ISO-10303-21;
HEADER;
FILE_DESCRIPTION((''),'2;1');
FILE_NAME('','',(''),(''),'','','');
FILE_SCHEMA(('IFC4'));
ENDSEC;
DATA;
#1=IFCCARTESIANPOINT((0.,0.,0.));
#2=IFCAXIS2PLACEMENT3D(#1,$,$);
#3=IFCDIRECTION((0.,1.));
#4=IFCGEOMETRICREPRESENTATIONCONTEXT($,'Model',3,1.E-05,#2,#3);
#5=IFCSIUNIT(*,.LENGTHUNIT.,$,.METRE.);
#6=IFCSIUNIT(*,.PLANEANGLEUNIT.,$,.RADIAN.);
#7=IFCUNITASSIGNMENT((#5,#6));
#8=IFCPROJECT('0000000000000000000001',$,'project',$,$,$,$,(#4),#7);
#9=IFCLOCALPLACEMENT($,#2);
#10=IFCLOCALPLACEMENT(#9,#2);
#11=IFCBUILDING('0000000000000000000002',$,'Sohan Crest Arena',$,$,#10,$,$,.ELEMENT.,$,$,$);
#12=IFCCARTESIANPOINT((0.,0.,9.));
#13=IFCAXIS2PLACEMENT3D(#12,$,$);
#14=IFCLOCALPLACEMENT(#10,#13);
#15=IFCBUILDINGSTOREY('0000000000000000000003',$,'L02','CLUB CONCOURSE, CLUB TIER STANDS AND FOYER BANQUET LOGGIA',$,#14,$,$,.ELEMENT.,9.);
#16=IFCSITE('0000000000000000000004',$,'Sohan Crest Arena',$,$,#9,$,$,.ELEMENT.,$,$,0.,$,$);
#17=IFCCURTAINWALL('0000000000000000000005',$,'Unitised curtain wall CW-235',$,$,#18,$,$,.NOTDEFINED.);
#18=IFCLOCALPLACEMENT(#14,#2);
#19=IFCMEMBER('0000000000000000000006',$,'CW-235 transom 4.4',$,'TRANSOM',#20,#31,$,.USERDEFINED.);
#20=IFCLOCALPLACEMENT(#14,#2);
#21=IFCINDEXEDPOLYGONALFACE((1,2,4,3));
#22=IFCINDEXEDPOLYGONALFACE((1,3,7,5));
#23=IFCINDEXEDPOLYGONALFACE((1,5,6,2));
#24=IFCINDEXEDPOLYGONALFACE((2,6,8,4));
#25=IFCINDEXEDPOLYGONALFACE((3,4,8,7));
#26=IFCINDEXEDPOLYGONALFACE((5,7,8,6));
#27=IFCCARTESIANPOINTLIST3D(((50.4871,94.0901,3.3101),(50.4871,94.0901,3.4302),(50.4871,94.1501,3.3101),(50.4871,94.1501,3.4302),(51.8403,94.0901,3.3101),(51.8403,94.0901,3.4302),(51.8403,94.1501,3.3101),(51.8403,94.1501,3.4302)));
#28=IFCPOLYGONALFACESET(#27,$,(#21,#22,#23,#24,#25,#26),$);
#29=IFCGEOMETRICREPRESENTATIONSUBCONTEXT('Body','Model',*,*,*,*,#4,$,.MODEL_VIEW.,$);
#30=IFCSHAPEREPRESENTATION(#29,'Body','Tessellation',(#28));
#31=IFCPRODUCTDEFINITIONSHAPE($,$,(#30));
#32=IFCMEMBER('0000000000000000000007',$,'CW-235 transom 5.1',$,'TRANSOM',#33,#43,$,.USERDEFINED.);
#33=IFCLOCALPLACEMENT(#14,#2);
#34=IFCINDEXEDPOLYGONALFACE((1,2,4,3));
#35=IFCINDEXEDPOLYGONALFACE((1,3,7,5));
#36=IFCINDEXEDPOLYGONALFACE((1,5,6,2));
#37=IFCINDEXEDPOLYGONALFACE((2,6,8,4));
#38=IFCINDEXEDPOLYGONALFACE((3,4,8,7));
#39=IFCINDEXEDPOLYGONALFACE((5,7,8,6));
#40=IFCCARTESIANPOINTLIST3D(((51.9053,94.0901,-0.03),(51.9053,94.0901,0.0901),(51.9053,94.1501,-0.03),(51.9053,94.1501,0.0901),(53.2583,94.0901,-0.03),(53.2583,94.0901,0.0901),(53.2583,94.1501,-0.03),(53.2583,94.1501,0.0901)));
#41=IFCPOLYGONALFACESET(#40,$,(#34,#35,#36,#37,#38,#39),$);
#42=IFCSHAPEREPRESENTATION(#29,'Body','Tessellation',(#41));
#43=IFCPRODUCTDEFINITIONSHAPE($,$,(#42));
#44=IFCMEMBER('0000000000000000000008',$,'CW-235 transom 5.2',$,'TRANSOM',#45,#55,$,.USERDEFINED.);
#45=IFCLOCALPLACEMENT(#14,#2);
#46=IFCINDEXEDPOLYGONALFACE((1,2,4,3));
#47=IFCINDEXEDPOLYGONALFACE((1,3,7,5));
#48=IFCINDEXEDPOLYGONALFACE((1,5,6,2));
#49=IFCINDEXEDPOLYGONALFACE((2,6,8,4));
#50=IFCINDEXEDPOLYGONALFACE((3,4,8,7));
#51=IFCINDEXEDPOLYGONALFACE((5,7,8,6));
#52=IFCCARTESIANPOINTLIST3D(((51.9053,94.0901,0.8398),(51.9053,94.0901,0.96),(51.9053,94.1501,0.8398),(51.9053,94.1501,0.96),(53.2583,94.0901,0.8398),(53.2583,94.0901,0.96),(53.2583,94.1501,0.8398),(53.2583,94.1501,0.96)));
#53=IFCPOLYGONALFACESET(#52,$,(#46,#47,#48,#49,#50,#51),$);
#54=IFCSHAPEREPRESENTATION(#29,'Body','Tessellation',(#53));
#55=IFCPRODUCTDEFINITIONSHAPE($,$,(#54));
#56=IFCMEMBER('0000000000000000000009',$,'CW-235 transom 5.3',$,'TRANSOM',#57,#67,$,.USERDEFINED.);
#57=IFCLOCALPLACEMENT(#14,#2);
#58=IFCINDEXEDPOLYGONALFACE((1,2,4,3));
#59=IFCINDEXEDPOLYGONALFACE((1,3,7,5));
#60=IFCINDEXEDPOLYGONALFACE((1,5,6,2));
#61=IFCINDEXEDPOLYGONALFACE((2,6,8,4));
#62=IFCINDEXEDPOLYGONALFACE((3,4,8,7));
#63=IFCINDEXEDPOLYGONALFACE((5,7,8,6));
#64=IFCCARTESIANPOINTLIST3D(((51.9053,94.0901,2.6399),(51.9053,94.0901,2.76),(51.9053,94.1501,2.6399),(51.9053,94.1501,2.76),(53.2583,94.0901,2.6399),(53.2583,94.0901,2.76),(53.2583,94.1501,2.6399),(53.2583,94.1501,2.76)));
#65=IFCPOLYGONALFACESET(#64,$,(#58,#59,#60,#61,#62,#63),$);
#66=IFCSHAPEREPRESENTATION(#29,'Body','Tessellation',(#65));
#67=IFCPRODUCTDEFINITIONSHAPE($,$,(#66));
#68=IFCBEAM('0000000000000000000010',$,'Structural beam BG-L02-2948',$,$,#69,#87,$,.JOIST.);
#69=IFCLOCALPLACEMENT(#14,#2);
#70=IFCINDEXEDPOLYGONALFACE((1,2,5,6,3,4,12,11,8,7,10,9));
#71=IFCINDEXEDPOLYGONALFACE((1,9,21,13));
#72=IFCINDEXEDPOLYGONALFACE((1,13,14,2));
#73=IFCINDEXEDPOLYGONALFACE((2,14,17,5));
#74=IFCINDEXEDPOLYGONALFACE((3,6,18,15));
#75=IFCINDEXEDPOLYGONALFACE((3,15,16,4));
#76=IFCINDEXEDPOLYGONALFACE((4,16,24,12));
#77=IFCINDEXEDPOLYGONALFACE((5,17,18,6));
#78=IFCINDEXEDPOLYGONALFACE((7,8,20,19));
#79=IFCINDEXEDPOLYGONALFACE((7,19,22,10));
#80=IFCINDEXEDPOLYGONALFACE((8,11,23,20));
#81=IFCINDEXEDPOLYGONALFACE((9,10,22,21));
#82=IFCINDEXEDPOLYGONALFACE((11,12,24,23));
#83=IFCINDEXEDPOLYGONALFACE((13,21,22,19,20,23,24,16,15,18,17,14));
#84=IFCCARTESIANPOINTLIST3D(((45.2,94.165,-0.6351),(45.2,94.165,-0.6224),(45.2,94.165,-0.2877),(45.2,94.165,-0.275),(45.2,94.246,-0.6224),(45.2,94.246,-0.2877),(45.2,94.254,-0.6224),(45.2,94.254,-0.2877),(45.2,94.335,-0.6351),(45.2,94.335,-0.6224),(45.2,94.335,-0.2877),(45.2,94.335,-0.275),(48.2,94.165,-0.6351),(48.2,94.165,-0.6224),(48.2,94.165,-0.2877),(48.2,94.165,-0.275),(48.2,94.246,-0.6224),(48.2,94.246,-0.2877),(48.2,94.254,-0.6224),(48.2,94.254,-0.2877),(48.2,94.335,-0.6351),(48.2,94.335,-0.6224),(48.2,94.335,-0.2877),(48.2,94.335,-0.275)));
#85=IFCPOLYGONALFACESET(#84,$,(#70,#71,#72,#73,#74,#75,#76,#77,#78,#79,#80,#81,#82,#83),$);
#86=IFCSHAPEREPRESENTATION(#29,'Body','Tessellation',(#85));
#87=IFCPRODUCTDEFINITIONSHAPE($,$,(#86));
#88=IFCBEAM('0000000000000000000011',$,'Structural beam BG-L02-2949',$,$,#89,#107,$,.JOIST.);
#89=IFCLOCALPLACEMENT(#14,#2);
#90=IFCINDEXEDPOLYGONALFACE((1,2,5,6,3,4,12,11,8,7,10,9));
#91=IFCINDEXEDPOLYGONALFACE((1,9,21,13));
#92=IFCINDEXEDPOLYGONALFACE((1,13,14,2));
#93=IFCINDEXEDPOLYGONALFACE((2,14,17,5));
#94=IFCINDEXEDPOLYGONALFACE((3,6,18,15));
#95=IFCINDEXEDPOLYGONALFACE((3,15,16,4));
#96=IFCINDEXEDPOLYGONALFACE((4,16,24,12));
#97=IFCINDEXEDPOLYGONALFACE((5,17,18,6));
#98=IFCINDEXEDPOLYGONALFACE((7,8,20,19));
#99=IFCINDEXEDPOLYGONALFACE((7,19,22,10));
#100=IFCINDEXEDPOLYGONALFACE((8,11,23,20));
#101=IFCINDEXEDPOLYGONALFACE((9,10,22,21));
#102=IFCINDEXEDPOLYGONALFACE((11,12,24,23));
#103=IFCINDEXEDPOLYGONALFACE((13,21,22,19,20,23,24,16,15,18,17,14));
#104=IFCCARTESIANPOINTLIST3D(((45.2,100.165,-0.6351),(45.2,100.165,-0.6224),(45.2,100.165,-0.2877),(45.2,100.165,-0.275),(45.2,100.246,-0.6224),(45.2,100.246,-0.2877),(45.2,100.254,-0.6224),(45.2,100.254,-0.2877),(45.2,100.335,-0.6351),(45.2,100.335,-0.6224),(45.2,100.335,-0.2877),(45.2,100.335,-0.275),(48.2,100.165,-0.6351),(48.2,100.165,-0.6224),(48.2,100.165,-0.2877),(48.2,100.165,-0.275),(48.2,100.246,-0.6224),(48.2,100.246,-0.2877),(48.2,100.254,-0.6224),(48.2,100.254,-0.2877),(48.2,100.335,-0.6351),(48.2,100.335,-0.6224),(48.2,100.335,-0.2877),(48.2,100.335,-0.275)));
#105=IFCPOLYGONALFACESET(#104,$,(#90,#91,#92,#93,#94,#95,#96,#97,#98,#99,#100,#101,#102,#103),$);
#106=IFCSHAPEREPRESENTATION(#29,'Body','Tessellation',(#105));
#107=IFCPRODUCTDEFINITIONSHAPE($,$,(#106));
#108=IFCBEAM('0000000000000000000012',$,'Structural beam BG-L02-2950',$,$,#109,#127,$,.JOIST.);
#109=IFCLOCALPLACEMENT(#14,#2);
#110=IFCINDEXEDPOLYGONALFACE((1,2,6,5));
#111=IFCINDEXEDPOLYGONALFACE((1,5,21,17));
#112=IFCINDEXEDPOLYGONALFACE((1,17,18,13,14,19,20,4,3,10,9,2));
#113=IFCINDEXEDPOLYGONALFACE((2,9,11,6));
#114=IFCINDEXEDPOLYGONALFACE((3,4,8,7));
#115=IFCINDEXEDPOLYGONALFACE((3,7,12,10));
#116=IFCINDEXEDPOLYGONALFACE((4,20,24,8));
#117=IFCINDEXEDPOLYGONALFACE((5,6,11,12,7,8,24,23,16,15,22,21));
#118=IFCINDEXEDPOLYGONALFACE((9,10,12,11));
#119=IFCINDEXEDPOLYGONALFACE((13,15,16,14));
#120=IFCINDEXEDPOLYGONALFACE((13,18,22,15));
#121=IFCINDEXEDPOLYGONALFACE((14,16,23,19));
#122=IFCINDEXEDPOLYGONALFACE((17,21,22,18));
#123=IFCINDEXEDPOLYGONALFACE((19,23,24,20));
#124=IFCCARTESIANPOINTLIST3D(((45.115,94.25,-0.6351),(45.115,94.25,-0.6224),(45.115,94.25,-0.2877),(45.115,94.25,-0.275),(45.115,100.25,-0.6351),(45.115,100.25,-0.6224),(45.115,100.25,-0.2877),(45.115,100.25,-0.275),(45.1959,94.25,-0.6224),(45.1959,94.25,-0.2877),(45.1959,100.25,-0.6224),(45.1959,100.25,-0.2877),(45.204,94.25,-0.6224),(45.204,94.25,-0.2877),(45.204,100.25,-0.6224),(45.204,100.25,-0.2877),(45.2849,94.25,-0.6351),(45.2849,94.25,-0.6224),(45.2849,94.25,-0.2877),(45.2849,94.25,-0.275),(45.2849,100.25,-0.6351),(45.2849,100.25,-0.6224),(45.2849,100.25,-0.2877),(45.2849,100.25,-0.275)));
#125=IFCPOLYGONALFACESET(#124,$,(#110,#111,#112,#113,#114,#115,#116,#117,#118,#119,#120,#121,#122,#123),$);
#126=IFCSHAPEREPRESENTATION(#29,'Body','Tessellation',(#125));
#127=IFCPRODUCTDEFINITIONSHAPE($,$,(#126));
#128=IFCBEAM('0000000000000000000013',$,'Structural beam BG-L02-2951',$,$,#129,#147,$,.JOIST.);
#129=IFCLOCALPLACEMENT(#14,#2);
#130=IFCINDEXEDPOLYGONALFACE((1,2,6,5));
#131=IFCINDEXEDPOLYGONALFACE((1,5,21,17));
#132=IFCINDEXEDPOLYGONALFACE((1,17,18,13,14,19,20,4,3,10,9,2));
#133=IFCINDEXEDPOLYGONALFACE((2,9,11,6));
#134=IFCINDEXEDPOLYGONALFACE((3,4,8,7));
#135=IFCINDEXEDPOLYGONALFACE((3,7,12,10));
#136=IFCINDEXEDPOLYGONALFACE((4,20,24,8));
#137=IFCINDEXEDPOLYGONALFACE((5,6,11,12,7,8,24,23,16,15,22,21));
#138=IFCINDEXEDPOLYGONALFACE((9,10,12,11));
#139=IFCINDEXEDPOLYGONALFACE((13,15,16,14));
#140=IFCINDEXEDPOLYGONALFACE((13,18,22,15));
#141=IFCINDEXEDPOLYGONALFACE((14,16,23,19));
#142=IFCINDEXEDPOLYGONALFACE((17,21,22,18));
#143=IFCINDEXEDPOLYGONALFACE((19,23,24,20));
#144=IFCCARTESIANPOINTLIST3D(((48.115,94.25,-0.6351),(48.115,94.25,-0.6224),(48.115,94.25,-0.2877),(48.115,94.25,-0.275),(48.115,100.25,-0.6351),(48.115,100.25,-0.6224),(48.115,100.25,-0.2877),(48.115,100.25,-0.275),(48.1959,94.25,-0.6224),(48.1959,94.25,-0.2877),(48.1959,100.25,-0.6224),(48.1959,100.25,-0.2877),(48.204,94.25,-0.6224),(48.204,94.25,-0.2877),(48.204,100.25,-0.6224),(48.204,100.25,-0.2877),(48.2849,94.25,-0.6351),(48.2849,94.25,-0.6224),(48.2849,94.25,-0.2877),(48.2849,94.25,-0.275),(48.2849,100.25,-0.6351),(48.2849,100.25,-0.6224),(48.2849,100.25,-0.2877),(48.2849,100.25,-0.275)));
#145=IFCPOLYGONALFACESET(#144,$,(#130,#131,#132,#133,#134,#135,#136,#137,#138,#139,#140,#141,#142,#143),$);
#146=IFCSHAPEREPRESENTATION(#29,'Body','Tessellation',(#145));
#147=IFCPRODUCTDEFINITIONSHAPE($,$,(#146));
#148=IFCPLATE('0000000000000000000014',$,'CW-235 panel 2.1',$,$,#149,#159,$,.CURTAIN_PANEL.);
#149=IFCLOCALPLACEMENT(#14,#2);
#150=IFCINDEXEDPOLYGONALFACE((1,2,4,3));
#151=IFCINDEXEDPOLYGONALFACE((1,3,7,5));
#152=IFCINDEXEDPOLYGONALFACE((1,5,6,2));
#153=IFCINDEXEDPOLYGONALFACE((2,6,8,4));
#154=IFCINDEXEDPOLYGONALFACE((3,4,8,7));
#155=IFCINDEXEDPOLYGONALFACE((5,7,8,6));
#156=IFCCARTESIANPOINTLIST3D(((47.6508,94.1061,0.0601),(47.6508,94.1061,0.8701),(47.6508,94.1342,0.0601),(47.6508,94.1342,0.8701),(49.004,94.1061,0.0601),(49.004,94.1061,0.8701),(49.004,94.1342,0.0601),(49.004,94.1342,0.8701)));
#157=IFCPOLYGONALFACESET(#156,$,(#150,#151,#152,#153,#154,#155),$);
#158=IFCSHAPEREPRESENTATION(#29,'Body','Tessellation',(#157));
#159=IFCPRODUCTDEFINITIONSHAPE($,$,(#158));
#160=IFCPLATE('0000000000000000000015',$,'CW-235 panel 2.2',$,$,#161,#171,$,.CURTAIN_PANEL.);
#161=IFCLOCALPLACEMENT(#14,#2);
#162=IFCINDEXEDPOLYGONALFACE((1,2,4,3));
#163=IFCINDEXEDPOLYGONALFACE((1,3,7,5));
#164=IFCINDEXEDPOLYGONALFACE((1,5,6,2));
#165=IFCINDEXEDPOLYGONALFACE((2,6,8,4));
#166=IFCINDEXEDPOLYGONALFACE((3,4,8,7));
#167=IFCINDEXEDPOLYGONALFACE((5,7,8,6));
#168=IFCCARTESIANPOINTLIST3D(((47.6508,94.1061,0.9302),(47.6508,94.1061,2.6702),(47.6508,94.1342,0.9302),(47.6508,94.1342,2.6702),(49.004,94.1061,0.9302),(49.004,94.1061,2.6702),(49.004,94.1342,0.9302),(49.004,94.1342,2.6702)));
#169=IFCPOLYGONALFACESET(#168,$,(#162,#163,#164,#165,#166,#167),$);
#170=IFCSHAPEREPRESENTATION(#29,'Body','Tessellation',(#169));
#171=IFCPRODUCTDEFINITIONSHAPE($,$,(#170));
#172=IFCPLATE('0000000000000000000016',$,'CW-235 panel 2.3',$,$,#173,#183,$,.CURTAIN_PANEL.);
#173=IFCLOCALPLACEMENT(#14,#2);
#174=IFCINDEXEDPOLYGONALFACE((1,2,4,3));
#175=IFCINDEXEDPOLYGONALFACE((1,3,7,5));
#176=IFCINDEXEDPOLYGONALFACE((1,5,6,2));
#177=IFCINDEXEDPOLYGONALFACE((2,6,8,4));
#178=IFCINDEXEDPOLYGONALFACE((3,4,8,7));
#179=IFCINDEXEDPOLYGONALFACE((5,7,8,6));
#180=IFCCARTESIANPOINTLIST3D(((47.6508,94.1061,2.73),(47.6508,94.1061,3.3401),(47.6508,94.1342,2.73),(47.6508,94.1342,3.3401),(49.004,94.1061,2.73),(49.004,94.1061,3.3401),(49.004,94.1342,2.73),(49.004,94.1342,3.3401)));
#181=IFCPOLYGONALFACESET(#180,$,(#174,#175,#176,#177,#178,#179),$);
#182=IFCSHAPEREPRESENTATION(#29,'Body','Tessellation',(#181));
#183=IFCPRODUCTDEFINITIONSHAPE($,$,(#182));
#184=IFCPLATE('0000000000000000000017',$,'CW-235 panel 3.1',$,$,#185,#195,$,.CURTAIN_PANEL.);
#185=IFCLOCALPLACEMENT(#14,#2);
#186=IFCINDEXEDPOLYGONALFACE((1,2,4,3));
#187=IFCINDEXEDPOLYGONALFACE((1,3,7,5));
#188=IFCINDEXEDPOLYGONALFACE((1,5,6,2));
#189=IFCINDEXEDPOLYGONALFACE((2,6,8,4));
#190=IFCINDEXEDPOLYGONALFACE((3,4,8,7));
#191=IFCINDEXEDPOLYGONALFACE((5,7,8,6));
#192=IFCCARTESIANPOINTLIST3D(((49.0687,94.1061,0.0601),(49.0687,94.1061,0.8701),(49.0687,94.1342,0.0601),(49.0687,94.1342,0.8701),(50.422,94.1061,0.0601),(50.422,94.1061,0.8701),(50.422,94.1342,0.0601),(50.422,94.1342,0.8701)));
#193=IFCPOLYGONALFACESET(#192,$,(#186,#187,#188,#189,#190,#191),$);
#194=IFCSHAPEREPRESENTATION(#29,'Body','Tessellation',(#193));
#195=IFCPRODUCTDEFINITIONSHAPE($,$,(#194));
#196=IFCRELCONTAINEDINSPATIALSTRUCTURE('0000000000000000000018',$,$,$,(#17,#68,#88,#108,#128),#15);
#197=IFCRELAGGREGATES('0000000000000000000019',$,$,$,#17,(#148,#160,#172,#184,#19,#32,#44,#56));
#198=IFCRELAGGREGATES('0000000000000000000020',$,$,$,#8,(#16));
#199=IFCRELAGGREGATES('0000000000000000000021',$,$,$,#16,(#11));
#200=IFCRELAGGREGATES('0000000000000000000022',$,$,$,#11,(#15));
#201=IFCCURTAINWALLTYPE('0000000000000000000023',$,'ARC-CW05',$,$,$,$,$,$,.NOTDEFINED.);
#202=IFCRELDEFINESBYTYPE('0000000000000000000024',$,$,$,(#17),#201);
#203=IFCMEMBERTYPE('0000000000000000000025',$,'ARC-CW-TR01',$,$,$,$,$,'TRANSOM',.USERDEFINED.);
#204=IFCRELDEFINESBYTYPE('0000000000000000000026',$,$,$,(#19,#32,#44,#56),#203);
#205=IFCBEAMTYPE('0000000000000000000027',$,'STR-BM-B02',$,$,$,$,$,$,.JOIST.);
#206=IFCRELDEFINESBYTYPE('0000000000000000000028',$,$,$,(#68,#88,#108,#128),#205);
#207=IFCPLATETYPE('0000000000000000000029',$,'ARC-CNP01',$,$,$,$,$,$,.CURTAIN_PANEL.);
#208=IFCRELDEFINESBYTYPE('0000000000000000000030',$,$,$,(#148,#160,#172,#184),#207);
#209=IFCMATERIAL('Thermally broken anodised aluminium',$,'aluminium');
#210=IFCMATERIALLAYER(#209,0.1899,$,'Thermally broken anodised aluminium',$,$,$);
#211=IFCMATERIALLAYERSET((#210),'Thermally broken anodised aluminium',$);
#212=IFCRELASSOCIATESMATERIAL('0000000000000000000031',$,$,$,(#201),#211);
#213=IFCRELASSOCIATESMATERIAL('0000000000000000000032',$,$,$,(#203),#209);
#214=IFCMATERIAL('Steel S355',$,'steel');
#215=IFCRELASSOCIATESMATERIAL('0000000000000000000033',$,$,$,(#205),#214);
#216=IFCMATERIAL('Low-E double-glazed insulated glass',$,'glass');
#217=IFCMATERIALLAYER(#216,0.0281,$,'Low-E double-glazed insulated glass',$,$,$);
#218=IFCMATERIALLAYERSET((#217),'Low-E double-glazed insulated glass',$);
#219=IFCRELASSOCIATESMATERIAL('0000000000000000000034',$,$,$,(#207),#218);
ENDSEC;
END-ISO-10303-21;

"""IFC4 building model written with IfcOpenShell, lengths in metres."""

from ifc_helpers import new_model, si_unit, direction, frame, origin, origin_2d, place, context, subcontext, project, spatial, rectangle, i_section, extrude, material, layer, layer_set, material_profile, profile_set, type_object, element, aggregate, save


model = new_model("IFC4")

# Units and contexts
model_context = context("Model", 3, precision=1e-05, world=origin(), true_north=direction((0.0, 1.0)))
body_context = subcontext(model_context, "Body", "Model", "MODEL_VIEW")
ifc_project = project(units=[si_unit("LENGTHUNIT", "METRE"), si_unit("PLANEANGLEUNIT", "RADIAN")], contexts=[model_context])

# Site, building, storey
site_placement = place(None, origin())
site = spatial("IfcSite", under=ifc_project, at=site_placement, Name="Sohan Crest Arena", CompositionType="ELEMENT", RefElevation=0.0)
building_placement = place(site_placement, origin())
building = spatial("IfcBuilding", under=site, at=building_placement, Name="Sohan Crest Arena", CompositionType="ELEMENT")
storey_placement = place(building_placement, frame((0.0, 0.0, 9.0)))
storey = spatial("IfcBuildingStorey", under=building, at=storey_placement, Name="L02", Description="CLUB CONCOURSE, CLUB TIER STANDS AND FOYER BANQUET LOGGIA", CompositionType="ELEMENT", Elevation=9.0)

# Shared definitions
ifc_material_1 = material(Name="Steel S355", Category="steel")

# Curtain wall, members
ifc_material_2 = material(Name="Thermally broken anodised aluminium", Category="aluminium")
ifc_layer_1 = layer(ifc_material_2, 0.1899, Name="Thermally broken anodised aluminium")
ifc_layer_set_1 = layer_set([ifc_layer_1], Name="Thermally broken anodised aluminium")
curtain_wall_type = type_object("IfcCurtainWallType", Name="ARC-CW05", PredefinedType="NOTDEFINED", material=ifc_layer_set_1)
curtain_wall_placement = place(storey_placement, origin())
curtain_wall = element("IfcCurtainWall", 1, at=curtain_wall_placement, inside=storey, type_object=curtain_wall_type, Name="Unitised curtain wall CW-235", PredefinedType="NOTDEFINED")
ifc_material_profile_1 = material_profile(ifc_material_2, rectangle(XDim=0.0601, YDim=0.1201, at=origin_2d()), Name="ALU-TRAN 60x120")
ifc_profile_set_1 = profile_set([ifc_material_profile_1], Name="Thermally broken anodised aluminium")
member_type_1 = type_object("IfcMemberType", Name="ARC-CW-TR01", ElementType="TRANSOM", PredefinedType="USERDEFINED", material=ifc_profile_set_1)
member_1_placement = place(storey_placement, frame((50.4871, 94.1201, 3.3701), z_axis=(1.0, 0.0, 0.0), x_axis=(0.0, 1.0, 0.0)))
member_1 = element("IfcMember", 2, at=member_1_placement, type_object=member_type_1, Name="CW-235 transom 4.4", ObjectType="TRANSOM", PredefinedType="USERDEFINED", context=body_context, shape_type="SweptSolid", body=[
    extrude(rectangle(XDim=0.0601, YDim=0.1201, at=origin_2d()), origin(), (0.0, 0.0, 1.0), 1.3533),
])
member_2_placement = place(storey_placement, frame((51.9053, 94.1201, 0.03), z_axis=(1.0, 0.0, 0.0), x_axis=(0.0, 1.0, 0.0)))
member_2 = element("IfcMember", 3, at=member_2_placement, type_object=member_type_1, Name="CW-235 transom 5.1", ObjectType="TRANSOM", PredefinedType="USERDEFINED", context=body_context, shape_type="SweptSolid", body=[
    extrude(rectangle(XDim=0.0601, YDim=0.1201, at=origin_2d()), origin(), (0.0, 0.0, 1.0), 1.353),
])
member_3_placement = place(storey_placement, frame((51.9053, 94.1201, 0.8999), z_axis=(1.0, 0.0, 0.0), x_axis=(0.0, 1.0, 0.0)))
member_3 = element("IfcMember", 4, at=member_3_placement, type_object=member_type_1, Name="CW-235 transom 5.2", ObjectType="TRANSOM", PredefinedType="USERDEFINED", context=body_context, shape_type="SweptSolid", body=[
    extrude(rectangle(XDim=0.0601, YDim=0.1201, at=origin_2d()), origin(), (0.0, 0.0, 1.0), 1.353),
])
member_4_placement = place(storey_placement, frame((51.9053, 94.1201, 2.7), z_axis=(1.0, 0.0, 0.0), x_axis=(0.0, 1.0, 0.0)))
member_4 = element("IfcMember", 5, at=member_4_placement, type_object=member_type_1, Name="CW-235 transom 5.3", ObjectType="TRANSOM", PredefinedType="USERDEFINED", context=body_context, shape_type="SweptSolid", body=[
    extrude(rectangle(XDim=0.0601, YDim=0.1201, at=origin_2d()), origin(), (0.0, 0.0, 1.0), 1.353),
])

# Beams
ifc_material_profile_2 = material_profile(ifc_material_1, i_section(OverallWidth=0.1699, OverallDepth=0.3601, WebThickness=0.0081, FlangeThickness=0.0127, at=origin_2d()), Name="IPE 360")
ifc_profile_set_2 = profile_set([ifc_material_profile_2], Name="Steel S355")
beam_type = type_object("IfcBeamType", Name="STR-BM-B02", PredefinedType="JOIST", material=ifc_profile_set_2)
for number, where, z_axis, x_axis, name in (
    (6, (45.2, 94.25, -0.4551), (1.0, 0.0, 0.0), (0.0, 1.0, 0.0), "Structural beam BG-L02-2948"),
    (7, (45.2, 100.25, -0.4551), (1.0, 0.0, 0.0), (0.0, 1.0, 0.0), "Structural beam BG-L02-2949"),
):
    element("IfcBeam", number, at=place(storey_placement, frame(where, z_axis=z_axis, x_axis=x_axis)), inside=storey, type_object=beam_type, Name=name, PredefinedType="JOIST", context=body_context, shape_type="SweptSolid", body=[
        extrude(i_section(OverallWidth=0.1699, OverallDepth=0.3601, WebThickness=0.0081, FlangeThickness=0.0127, at=origin_2d()), origin(), (0.0, 0.0, 1.0), 3.0),
    ])
for number, where, z_axis, x_axis, name in (
    (8, (45.2, 94.25, -0.4551), (0.0, 1.0, 0.0), (-1.0, 0.0, 0.0), "Structural beam BG-L02-2950"),
    (9, (48.2, 94.25, -0.4551), (0.0, 1.0, 0.0), (-1.0, 0.0, 0.0), "Structural beam BG-L02-2951"),
):
    element("IfcBeam", number, at=place(storey_placement, frame(where, z_axis=z_axis, x_axis=x_axis)), inside=storey, type_object=beam_type, Name=name, PredefinedType="JOIST", context=body_context, shape_type="SweptSolid", body=[
        extrude(i_section(OverallWidth=0.1699, OverallDepth=0.3601, WebThickness=0.0081, FlangeThickness=0.0127, at=origin_2d()), origin(), (0.0, 0.0, 1.0), 6.0),
    ])

# Plates
ifc_material_3 = material(Name="Low-E double-glazed insulated glass", Category="glass")
ifc_layer_2 = layer(ifc_material_3, 0.0281, Name="Low-E double-glazed insulated glass")
ifc_layer_set_2 = layer_set([ifc_layer_2], Name="Low-E double-glazed insulated glass")
plate_type_1 = type_object("IfcPlateType", Name="ARC-CNP01", PredefinedType="CURTAIN_PANEL", material=ifc_layer_set_2)
plate_1_placement = place(storey_placement, frame((48.3274, 94.1201, 0.0601), z_axis=(0.0, 0.0, 1.0), x_axis=(1.0, 0.0, 0.0)))
plate_1 = element("IfcPlate", 10, at=plate_1_placement, type_object=plate_type_1, Name="CW-235 panel 2.1", PredefinedType="CURTAIN_PANEL", context=body_context, shape_type="SweptSolid", body=[
    extrude(rectangle(XDim=1.3533, YDim=0.0281, at=origin_2d()), origin(), (0.0, 0.0, 1.0), 0.8101),
])
plate_2_placement = place(storey_placement, frame((48.3274, 94.1201, 0.9302), z_axis=(0.0, 0.0, 1.0), x_axis=(1.0, 0.0, 0.0)))
plate_2 = element("IfcPlate", 11, at=plate_2_placement, type_object=plate_type_1, Name="CW-235 panel 2.2", PredefinedType="CURTAIN_PANEL", context=body_context, shape_type="SweptSolid", body=[
    extrude(rectangle(XDim=1.3533, YDim=0.0281, at=origin_2d()), origin(), (0.0, 0.0, 1.0), 1.74),
])
plate_3_placement = place(storey_placement, frame((48.3274, 94.1201, 2.73), z_axis=(0.0, 0.0, 1.0), x_axis=(1.0, 0.0, 0.0)))
plate_3 = element("IfcPlate", 12, at=plate_3_placement, type_object=plate_type_1, Name="CW-235 panel 2.3", PredefinedType="CURTAIN_PANEL", context=body_context, shape_type="SweptSolid", body=[
    extrude(rectangle(XDim=1.3533, YDim=0.0281, at=origin_2d()), origin(), (0.0, 0.0, 1.0), 0.6101),
])
plate_4_placement = place(storey_placement, frame((49.7454, 94.1201, 0.0601), z_axis=(0.0, 0.0, 1.0), x_axis=(1.0, 0.0, 0.0)))
plate_4 = element("IfcPlate", 13, at=plate_4_placement, type_object=plate_type_1, Name="CW-235 panel 3.1", PredefinedType="CURTAIN_PANEL", context=body_context, shape_type="SweptSolid", body=[
    extrude(rectangle(XDim=1.3533, YDim=0.0281, at=origin_2d()), origin(), (0.0, 0.0, 1.0), 0.8101),
])
aggregate(curtain_wall, [plate_1, plate_2, plate_3, plate_4, member_1, member_2, member_3, member_4])

save(model, "model.ifc")
